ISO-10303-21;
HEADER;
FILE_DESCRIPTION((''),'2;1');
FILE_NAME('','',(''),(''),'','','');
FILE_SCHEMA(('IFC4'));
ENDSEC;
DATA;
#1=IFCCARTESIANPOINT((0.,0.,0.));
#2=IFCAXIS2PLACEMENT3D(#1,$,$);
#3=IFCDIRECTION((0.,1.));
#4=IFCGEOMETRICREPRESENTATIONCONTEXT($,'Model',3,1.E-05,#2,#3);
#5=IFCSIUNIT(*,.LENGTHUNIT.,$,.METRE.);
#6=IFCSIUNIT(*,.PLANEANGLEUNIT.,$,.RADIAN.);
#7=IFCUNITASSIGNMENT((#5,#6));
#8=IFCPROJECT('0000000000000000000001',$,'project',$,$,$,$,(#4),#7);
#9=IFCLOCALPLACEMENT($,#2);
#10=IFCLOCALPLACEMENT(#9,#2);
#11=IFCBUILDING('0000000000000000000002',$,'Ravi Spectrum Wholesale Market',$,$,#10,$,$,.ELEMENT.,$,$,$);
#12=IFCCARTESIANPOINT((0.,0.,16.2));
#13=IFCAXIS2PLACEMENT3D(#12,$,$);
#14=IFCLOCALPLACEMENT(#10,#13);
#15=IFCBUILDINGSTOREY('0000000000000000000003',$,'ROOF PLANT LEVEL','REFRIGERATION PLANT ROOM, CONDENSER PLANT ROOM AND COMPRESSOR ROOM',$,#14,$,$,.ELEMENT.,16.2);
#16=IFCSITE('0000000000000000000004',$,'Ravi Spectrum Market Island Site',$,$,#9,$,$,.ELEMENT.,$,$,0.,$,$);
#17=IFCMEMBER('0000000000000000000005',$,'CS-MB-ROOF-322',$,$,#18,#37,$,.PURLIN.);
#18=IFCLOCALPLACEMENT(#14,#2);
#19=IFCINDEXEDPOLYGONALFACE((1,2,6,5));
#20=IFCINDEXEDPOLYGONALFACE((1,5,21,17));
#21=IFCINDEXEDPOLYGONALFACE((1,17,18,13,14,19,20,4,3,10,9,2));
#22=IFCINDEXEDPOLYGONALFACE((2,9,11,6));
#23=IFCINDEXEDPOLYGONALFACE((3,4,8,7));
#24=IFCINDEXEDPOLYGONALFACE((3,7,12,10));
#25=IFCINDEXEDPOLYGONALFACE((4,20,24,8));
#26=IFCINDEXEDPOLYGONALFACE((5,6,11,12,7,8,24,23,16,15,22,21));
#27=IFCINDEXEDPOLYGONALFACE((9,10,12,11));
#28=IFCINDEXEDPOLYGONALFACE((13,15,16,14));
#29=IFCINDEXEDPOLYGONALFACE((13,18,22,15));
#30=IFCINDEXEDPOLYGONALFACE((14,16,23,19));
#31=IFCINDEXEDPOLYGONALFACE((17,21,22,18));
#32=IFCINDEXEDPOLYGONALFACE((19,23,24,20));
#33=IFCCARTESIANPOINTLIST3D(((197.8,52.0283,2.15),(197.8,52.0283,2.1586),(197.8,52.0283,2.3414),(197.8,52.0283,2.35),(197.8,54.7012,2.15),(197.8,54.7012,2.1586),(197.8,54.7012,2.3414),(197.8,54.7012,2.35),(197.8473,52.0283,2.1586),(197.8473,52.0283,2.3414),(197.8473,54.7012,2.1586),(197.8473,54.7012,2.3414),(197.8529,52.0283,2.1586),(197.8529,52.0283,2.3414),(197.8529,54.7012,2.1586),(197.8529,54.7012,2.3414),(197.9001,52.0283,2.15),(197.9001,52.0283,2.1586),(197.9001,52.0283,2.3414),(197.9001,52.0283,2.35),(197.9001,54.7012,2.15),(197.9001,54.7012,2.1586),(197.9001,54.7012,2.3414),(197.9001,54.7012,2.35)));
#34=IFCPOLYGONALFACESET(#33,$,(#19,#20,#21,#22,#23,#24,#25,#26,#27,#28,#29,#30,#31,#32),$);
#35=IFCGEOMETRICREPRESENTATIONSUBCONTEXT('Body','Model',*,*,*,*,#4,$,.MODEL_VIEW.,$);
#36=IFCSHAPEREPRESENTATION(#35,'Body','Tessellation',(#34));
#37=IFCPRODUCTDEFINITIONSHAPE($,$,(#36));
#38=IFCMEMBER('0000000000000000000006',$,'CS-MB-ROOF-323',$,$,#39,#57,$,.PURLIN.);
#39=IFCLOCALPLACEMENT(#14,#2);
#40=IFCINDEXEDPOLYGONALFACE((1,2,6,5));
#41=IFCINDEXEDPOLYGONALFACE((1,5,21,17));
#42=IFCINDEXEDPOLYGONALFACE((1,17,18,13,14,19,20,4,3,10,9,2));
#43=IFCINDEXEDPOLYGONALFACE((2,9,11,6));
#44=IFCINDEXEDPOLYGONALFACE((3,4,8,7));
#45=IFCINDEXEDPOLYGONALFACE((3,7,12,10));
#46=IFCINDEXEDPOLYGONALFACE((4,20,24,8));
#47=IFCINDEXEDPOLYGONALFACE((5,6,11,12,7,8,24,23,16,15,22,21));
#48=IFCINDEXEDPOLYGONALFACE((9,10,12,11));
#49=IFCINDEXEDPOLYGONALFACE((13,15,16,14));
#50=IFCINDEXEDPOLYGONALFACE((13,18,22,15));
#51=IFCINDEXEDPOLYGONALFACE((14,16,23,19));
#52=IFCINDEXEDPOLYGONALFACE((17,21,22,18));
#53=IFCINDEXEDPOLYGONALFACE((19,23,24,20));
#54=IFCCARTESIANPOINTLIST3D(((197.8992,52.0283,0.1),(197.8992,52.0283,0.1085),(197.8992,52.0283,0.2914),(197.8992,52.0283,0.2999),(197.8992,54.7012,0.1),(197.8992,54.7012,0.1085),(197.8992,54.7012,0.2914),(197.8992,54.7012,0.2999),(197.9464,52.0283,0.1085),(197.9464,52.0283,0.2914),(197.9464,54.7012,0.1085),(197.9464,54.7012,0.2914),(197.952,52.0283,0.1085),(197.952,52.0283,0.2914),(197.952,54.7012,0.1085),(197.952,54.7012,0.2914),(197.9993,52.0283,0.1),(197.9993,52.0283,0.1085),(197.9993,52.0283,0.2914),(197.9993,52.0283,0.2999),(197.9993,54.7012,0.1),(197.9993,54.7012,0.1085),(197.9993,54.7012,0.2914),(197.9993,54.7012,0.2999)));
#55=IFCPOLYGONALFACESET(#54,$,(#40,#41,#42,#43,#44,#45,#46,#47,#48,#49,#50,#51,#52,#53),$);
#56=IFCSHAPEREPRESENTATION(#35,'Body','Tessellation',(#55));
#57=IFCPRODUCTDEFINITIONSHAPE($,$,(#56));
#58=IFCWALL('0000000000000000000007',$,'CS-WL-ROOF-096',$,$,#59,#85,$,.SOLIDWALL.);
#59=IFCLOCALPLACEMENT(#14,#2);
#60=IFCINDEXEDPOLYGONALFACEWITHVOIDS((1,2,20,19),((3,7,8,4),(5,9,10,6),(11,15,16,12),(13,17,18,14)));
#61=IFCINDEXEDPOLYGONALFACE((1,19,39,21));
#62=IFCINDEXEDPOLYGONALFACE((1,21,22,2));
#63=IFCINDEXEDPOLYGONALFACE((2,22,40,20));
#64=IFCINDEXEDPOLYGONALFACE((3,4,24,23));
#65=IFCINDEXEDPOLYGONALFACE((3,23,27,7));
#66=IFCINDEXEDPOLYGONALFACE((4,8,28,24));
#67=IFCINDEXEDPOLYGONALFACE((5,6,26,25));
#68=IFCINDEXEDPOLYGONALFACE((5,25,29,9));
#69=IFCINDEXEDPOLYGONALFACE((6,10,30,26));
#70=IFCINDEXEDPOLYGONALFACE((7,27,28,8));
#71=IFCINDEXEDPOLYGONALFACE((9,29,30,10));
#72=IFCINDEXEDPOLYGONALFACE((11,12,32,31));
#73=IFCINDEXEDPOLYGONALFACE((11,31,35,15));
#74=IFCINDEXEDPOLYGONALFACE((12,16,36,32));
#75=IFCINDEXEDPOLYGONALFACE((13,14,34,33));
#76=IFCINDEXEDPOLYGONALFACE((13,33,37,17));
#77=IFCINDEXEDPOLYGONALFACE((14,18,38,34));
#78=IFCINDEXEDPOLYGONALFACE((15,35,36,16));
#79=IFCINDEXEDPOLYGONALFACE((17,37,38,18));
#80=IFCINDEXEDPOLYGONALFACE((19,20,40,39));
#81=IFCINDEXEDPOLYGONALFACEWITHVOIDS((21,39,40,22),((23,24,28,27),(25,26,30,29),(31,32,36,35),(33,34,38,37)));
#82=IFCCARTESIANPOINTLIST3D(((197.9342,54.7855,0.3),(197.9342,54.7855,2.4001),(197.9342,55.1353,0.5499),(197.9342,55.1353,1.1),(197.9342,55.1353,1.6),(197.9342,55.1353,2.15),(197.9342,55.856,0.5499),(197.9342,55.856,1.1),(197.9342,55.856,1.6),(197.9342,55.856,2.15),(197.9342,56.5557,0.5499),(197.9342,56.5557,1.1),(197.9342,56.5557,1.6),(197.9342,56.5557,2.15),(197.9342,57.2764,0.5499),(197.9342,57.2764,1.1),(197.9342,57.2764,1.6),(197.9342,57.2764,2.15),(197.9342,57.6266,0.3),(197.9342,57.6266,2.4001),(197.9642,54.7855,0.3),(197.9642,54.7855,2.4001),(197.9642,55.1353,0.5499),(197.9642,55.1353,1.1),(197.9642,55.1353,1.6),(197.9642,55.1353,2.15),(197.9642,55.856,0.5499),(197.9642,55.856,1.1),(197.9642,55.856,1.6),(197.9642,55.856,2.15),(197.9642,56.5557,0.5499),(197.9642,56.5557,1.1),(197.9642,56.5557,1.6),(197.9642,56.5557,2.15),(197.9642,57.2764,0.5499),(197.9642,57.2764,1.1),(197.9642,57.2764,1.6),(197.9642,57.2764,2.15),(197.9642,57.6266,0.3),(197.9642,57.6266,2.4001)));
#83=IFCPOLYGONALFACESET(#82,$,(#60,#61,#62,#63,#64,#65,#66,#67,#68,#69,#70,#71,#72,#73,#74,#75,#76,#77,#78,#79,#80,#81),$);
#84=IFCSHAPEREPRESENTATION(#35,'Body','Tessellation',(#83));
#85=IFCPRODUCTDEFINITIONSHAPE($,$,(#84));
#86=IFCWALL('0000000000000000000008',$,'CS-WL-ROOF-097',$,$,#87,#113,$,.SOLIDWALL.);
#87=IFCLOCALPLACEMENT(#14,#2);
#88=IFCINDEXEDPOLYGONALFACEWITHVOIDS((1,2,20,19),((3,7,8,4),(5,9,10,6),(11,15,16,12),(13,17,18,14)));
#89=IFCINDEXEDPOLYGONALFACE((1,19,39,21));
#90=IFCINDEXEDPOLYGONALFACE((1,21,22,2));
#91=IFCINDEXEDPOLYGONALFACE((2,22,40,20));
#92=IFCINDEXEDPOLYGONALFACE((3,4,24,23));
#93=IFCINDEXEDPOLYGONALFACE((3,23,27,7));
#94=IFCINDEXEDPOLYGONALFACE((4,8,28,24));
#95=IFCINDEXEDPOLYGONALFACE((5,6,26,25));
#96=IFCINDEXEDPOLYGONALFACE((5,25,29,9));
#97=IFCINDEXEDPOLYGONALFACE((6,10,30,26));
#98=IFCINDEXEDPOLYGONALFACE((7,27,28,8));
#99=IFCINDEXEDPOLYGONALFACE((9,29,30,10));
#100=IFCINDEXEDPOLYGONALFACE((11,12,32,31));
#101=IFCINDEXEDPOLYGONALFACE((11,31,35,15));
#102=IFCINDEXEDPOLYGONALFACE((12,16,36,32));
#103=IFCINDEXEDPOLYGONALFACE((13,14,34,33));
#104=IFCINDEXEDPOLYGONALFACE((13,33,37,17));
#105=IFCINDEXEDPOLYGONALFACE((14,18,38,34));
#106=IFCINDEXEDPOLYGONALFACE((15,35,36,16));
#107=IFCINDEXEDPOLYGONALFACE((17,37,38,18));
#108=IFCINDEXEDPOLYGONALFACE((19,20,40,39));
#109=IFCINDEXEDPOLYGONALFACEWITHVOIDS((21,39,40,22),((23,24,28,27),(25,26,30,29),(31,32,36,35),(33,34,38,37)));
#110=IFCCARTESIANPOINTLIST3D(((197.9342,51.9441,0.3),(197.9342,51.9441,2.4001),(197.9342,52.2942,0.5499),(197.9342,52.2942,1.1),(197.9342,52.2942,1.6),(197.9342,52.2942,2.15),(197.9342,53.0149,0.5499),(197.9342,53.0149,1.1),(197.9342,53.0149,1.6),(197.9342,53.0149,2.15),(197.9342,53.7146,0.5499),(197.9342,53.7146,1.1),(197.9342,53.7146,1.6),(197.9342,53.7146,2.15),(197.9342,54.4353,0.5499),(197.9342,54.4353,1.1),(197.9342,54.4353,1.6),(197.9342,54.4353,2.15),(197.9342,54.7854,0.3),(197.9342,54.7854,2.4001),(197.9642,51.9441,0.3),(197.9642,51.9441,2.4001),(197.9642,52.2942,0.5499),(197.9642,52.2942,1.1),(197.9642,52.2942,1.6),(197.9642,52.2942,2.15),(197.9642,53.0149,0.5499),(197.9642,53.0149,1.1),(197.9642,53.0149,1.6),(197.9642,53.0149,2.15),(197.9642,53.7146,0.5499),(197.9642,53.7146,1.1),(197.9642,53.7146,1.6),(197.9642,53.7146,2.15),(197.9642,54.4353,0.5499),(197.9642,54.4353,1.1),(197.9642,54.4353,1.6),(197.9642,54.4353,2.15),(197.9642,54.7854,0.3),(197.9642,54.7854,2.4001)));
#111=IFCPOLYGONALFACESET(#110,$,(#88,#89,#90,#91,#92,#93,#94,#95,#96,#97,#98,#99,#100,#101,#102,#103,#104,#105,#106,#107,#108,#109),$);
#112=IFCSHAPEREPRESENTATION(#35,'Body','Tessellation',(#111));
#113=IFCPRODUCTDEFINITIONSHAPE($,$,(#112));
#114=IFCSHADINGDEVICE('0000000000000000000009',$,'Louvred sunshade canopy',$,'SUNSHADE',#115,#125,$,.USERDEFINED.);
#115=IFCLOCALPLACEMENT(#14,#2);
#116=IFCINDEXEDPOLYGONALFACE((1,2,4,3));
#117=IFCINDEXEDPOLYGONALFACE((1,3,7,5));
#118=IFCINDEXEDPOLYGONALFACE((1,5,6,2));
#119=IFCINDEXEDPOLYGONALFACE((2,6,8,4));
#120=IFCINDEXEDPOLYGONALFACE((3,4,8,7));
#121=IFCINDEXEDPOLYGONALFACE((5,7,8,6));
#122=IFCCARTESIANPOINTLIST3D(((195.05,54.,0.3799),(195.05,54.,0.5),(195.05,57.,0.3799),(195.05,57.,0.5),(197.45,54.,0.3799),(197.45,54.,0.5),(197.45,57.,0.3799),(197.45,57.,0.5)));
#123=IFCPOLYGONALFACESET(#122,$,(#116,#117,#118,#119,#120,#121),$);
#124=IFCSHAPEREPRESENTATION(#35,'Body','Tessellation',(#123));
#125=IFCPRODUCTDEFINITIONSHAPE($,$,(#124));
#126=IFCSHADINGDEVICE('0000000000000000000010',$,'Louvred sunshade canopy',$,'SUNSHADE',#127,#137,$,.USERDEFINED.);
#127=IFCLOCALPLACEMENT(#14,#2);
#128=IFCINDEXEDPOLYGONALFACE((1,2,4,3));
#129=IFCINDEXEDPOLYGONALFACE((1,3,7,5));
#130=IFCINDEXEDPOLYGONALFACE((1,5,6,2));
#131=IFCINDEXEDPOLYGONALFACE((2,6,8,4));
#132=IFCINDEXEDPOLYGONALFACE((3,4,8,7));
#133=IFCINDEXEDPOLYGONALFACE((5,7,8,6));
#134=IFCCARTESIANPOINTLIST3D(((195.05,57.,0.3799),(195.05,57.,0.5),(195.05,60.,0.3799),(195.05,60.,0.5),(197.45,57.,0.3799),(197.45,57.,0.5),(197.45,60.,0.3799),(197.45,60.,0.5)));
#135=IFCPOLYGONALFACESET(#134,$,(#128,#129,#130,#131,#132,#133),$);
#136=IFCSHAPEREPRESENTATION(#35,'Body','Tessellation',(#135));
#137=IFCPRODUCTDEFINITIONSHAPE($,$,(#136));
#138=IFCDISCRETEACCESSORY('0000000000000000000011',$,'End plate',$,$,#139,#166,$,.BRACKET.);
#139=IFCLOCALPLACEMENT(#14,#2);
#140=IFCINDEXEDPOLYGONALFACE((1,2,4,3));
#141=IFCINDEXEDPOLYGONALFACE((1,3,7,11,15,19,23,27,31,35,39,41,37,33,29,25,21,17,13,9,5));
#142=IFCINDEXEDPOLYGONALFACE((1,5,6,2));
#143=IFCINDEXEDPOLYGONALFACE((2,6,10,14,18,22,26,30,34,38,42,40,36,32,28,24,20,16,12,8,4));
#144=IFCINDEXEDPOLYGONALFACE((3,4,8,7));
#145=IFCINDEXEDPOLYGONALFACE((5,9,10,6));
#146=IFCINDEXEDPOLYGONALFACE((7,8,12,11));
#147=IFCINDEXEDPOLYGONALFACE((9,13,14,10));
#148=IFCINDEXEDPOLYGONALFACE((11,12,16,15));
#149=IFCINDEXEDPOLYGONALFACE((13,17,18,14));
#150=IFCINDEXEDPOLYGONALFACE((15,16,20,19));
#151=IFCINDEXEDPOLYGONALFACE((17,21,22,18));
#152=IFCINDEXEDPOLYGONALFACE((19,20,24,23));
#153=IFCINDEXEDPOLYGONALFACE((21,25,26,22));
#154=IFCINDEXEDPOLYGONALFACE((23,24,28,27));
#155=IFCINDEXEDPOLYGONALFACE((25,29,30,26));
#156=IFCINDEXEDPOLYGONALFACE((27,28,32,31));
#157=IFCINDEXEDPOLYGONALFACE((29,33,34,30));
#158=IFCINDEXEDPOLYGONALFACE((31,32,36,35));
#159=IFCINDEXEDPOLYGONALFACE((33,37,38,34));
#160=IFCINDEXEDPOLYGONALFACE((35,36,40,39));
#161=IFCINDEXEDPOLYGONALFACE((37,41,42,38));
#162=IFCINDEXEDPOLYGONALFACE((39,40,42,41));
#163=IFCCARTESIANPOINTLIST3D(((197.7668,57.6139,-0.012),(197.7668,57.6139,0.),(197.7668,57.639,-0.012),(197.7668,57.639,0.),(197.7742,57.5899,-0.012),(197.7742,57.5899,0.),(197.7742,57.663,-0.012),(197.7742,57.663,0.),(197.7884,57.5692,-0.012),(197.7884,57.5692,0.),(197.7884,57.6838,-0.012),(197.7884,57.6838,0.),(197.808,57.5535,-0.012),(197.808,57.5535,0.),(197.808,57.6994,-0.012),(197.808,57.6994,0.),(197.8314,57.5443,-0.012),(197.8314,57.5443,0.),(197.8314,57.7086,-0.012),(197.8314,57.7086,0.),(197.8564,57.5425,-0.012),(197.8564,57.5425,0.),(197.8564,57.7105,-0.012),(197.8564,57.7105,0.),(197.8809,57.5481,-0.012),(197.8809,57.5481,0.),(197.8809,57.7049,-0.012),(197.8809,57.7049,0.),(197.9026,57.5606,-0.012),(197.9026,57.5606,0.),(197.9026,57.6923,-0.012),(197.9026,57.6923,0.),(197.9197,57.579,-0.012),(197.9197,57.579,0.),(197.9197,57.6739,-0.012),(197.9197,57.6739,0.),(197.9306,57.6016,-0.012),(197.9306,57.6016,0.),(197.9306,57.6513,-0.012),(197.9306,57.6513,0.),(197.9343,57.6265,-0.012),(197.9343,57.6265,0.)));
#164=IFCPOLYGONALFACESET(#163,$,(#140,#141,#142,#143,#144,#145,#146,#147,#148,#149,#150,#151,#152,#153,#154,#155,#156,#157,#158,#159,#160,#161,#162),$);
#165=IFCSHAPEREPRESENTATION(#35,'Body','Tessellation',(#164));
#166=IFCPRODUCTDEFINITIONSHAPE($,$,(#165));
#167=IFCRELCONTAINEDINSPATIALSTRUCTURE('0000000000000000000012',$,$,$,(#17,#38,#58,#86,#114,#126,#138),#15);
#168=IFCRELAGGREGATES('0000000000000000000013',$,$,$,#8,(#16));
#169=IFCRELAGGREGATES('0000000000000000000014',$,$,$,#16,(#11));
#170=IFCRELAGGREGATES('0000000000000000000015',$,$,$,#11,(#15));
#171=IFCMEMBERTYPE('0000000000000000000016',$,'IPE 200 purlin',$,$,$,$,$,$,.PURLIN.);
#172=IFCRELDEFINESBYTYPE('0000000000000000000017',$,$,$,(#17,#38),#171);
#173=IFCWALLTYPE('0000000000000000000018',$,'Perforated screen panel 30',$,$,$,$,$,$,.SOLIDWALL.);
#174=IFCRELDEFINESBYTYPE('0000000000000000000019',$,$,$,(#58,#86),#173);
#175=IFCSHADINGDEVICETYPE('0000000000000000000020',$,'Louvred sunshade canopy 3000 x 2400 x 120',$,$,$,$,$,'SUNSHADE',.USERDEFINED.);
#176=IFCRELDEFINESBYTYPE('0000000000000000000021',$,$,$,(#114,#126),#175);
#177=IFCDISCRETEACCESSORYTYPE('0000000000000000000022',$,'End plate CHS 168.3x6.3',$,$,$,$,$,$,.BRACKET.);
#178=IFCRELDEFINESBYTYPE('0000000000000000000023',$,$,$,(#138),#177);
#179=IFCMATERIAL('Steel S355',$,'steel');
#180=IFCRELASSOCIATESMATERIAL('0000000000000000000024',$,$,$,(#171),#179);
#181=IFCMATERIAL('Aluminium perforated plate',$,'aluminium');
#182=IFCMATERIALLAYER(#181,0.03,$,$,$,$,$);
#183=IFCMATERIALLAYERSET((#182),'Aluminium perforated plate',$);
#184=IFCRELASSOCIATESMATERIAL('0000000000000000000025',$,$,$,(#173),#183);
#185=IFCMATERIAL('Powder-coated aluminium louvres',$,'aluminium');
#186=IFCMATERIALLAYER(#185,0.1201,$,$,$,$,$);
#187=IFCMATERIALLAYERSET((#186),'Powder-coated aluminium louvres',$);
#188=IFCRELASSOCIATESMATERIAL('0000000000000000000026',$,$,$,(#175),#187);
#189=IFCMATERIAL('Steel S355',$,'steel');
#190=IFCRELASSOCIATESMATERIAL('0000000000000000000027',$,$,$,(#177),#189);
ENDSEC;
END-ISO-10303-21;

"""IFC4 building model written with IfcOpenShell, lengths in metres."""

from ifc_helpers import new_model, si_unit, direction, frame, frame_2d, origin, origin_2d, place, context, subcontext, project, spatial, rectangle, circle, i_section, extrude, material, layer, layer_set, material_profile, profile_set, type_object, element, save


model = new_model("IFC4")

# Units and contexts
model_context = context("Model", 3, precision=1e-05, world=origin(), true_north=direction((0.0, 1.0)))
body_context = subcontext(model_context, "Body", "Model", "MODEL_VIEW")
ifc_project = project(units=[si_unit("LENGTHUNIT", "METRE"), si_unit("PLANEANGLEUNIT", "RADIAN")], contexts=[model_context])

# Site, building, storey
site_placement = place(None, origin())
site = spatial("IfcSite", under=ifc_project, at=site_placement, Name="Ravi Spectrum Market Island Site", CompositionType="ELEMENT", RefElevation=0.0)
building_placement = place(site_placement, origin())
building = spatial("IfcBuilding", under=site, at=building_placement, Name="Ravi Spectrum Wholesale Market", CompositionType="ELEMENT")
storey_placement = place(building_placement, frame((0.0, 0.0, 16.2)))
storey = spatial("IfcBuildingStorey", under=building, at=storey_placement, Name="ROOF PLANT LEVEL", Description="REFRIGERATION PLANT ROOM, CONDENSER PLANT ROOM AND COMPRESSOR ROOM", CompositionType="ELEMENT", Elevation=16.2)

# Members
ifc_material_1 = material(Name="Steel S355", Category="steel")
ifc_material_profile_1 = material_profile(ifc_material_1, i_section(OverallWidth=0.1001, OverallDepth=0.2, WebThickness=0.0056, FlangeThickness=0.0085, at=origin_2d()))
ifc_profile_set_1 = profile_set([ifc_material_profile_1], Name="Steel S355")
member_type_1 = type_object("IfcMemberType", Name="IPE 200 purlin", PredefinedType="PURLIN", material=ifc_profile_set_1)
for number, where, z_axis, x_axis, name in (
    (1, (197.8501, 54.7012, 2.25), (0.0, -1.0, 0.0), (1.0, 0.0, 0.0), "CS-MB-ROOF-322"),
    (2, (197.9492, 54.7012, 0.2), (0.0, -1.0, 0.0), (1.0, 0.0, 0.0), "CS-MB-ROOF-323"),
):
    element("IfcMember", number, at=place(storey_placement, frame(where, z_axis=z_axis, x_axis=x_axis)), inside=storey, type_object=member_type_1, Name=name, PredefinedType="PURLIN", context=body_context, shape_type="SweptSolid", body=[
        extrude(i_section(OverallWidth=0.1001, OverallDepth=0.2, WebThickness=0.0056, FlangeThickness=0.0085, at=origin_2d()), origin(), (0.0, 0.0, 1.0), 2.6729),
    ])

# Walls, openings
ifc_material_2 = material(Name="Aluminium perforated plate", Category="aluminium")
ifc_layer_1 = layer(ifc_material_2, 0.03)
ifc_layer_set_1 = layer_set([ifc_layer_1], Name="Aluminium perforated plate")
wall_type = type_object("IfcWallType", Name="Perforated screen panel 30", PredefinedType="SOLIDWALL", material=ifc_layer_set_1)
wall_1_placement = place(storey_placement, frame((197.9492, 57.6265, 0.3), z_axis=(0.0, 0.0, 1.0), x_axis=(0.0, -1.0, 0.0)))
wall_1 = element("IfcWall", 3, at=wall_1_placement, inside=storey, type_object=wall_type, Name="CS-WL-ROOF-096", PredefinedType="SOLIDWALL", context=body_context, shape_type="SweptSolid", body=[
    extrude(rectangle(XDim=2.8411, YDim=0.03, at=frame_2d((1.4204, 0.0))), origin(), (0.0, 0.0, 1.0), 2.1001),
])
opening_1_placement = place(wall_1_placement, frame((0.3501, 0.0, 0.25)))
element("IfcOpeningElement", 4, at=opening_1_placement, cuts=wall_1, PredefinedType="OPENING", context=body_context, shape_type="SweptSolid", body=[
    extrude(rectangle(XDim=0.7207, YDim=0.55, at=frame_2d((0.3604, 0.2749))), frame((0.0, 0.0249, 0.0), z_axis=(0.0, -1.0, 0.0), x_axis=(1.0, 0.0, 0.0)), (0.0, 0.0, 1.0), 0.05),
])
opening_2_placement = place(wall_1_placement, frame((0.3501, 0.0, 1.3)))
element("IfcOpeningElement", 5, at=opening_2_placement, cuts=wall_1, PredefinedType="OPENING", context=body_context, shape_type="SweptSolid", body=[
    extrude(rectangle(XDim=0.7207, YDim=0.55, at=frame_2d((0.3604, 0.2749))), frame((0.0, 0.0249, 0.0), z_axis=(0.0, -1.0, 0.0), x_axis=(1.0, 0.0, 0.0)), (0.0, 0.0, 1.0), 0.05),
])
opening_3_placement = place(wall_1_placement, frame((1.7705, 0.0, 0.25)))
element("IfcOpeningElement", 6, at=opening_3_placement, cuts=wall_1, PredefinedType="OPENING", context=body_context, shape_type="SweptSolid", body=[
    extrude(rectangle(XDim=0.7207, YDim=0.55, at=frame_2d((0.3604, 0.2749))), frame((0.0, 0.0249, 0.0), z_axis=(0.0, -1.0, 0.0), x_axis=(1.0, 0.0, 0.0)), (0.0, 0.0, 1.0), 0.05),
])
opening_4_placement = place(wall_1_placement, frame((1.7705, 0.0, 1.3)))
element("IfcOpeningElement", 7, at=opening_4_placement, cuts=wall_1, PredefinedType="OPENING", context=body_context, shape_type="SweptSolid", body=[
    extrude(rectangle(XDim=0.7207, YDim=0.55, at=frame_2d((0.3604, 0.2749))), frame((0.0, 0.0249, 0.0), z_axis=(0.0, -1.0, 0.0), x_axis=(1.0, 0.0, 0.0)), (0.0, 0.0, 1.0), 0.05),
])
wall_2_placement = place(storey_placement, frame((197.9492, 54.7854, 0.3), z_axis=(0.0, 0.0, 1.0), x_axis=(0.0, -1.0, 0.0)))
wall_2 = element("IfcWall", 8, at=wall_2_placement, inside=storey, type_object=wall_type, Name="CS-WL-ROOF-097", PredefinedType="SOLIDWALL", context=body_context, shape_type="SweptSolid", body=[
    extrude(rectangle(XDim=2.8413, YDim=0.03, at=frame_2d((1.4207, 0.0))), origin(), (0.0, 0.0, 1.0), 2.1001),
])
opening_5_placement = place(wall_2_placement, frame((0.3501, 0.0, 0.25)))
element("IfcOpeningElement", 9, at=opening_5_placement, cuts=wall_2, PredefinedType="OPENING", context=body_context, shape_type="SweptSolid", body=[
    extrude(rectangle(XDim=0.7207, YDim=0.55, at=frame_2d((0.3604, 0.2749))), frame((0.0, 0.0249, 0.0), z_axis=(0.0, -1.0, 0.0), x_axis=(1.0, 0.0, 0.0)), (0.0, 0.0, 1.0), 0.05),
])
opening_6_placement = place(wall_2_placement, frame((0.3501, 0.0, 1.3)))
element("IfcOpeningElement", 10, at=opening_6_placement, cuts=wall_2, PredefinedType="OPENING", context=body_context, shape_type="SweptSolid", body=[
    extrude(rectangle(XDim=0.7207, YDim=0.55, at=frame_2d((0.3604, 0.2749))), frame((0.0, 0.0249, 0.0), z_axis=(0.0, -1.0, 0.0), x_axis=(1.0, 0.0, 0.0)), (0.0, 0.0, 1.0), 0.05),
])
opening_7_placement = place(wall_2_placement, frame((1.7705, 0.0, 0.25)))
element("IfcOpeningElement", 11, at=opening_7_placement, cuts=wall_2, PredefinedType="OPENING", context=body_context, shape_type="SweptSolid", body=[
    extrude(rectangle(XDim=0.7207, YDim=0.55, at=frame_2d((0.3604, 0.2749))), frame((0.0, 0.0249, 0.0), z_axis=(0.0, -1.0, 0.0), x_axis=(1.0, 0.0, 0.0)), (0.0, 0.0, 1.0), 0.05),
])
opening_8_placement = place(wall_2_placement, frame((1.7705, 0.0, 1.3)))
element("IfcOpeningElement", 12, at=opening_8_placement, cuts=wall_2, PredefinedType="OPENING", context=body_context, shape_type="SweptSolid", body=[
    extrude(rectangle(XDim=0.7207, YDim=0.55, at=frame_2d((0.3604, 0.2749))), frame((0.0, 0.0249, 0.0), z_axis=(0.0, -1.0, 0.0), x_axis=(1.0, 0.0, 0.0)), (0.0, 0.0, 1.0), 0.05),
])

# Shading devices
ifc_material_3 = material(Name="Powder-coated aluminium louvres", Category="aluminium")
ifc_layer_2 = layer(ifc_material_3, 0.1201)
ifc_layer_set_2 = layer_set([ifc_layer_2], Name="Powder-coated aluminium louvres")
shading_device_type = type_object("IfcShadingDeviceType", Name="Louvred sunshade canopy 3000 x 2400 x 120", ElementType="SUNSHADE", PredefinedType="USERDEFINED", material=ifc_layer_set_2)
for number, where, z_axis, x_axis, name in (
    (13, (196.25, 55.5, 0.3799), (0.0, 0.0, 1.0), (1.0, 0.0, 0.0), "Louvred sunshade canopy"),
    (14, (196.25, 58.5, 0.3799), (0.0, 0.0, 1.0), (1.0, 0.0, 0.0), "Louvred sunshade canopy"),
):
    element("IfcShadingDevice", number, at=place(storey_placement, frame(where, z_axis=z_axis, x_axis=x_axis)), inside=storey, type_object=shading_device_type, Name=name, ObjectType="SUNSHADE", PredefinedType="USERDEFINED", context=body_context, shape_type="SweptSolid", body=[
        extrude(rectangle(XDim=2.3999, YDim=3.0, at=origin_2d()), origin(), (0.0, 0.0, 1.0), 0.1201),
    ])

# Discrete accessory
ifc_material_4 = material(Name="Steel S355", Category="steel")
ifc_material_profile_2 = material_profile(ifc_material_4, circle(Radius=0.0842, at=origin_2d()))
ifc_profile_set_2 = profile_set([ifc_material_profile_2], Name="Steel S355")
discrete_accessory_type_1 = type_object("IfcDiscreteAccessoryType", Name="End plate CHS 168.3x6.3", PredefinedType="BRACKET", material=ifc_profile_set_2)
for number, where, z_axis, x_axis, name in (
    (15, (197.8501, 57.6265, 0.0), (0.0, 0.0, -1.0), (1.0, 0.0, 0.0), "End plate"),
):
    element("IfcDiscreteAccessory", number, at=place(storey_placement, frame(where, z_axis=z_axis, x_axis=x_axis)), inside=storey, type_object=discrete_accessory_type_1, Name=name, PredefinedType="BRACKET", context=body_context, shape_type="SweptSolid", body=[
        extrude(circle(Radius=0.0842, at=origin_2d()), origin(), (0.0, 0.0, 1.0), 0.012),
    ])

save(model, "model.ifc")
